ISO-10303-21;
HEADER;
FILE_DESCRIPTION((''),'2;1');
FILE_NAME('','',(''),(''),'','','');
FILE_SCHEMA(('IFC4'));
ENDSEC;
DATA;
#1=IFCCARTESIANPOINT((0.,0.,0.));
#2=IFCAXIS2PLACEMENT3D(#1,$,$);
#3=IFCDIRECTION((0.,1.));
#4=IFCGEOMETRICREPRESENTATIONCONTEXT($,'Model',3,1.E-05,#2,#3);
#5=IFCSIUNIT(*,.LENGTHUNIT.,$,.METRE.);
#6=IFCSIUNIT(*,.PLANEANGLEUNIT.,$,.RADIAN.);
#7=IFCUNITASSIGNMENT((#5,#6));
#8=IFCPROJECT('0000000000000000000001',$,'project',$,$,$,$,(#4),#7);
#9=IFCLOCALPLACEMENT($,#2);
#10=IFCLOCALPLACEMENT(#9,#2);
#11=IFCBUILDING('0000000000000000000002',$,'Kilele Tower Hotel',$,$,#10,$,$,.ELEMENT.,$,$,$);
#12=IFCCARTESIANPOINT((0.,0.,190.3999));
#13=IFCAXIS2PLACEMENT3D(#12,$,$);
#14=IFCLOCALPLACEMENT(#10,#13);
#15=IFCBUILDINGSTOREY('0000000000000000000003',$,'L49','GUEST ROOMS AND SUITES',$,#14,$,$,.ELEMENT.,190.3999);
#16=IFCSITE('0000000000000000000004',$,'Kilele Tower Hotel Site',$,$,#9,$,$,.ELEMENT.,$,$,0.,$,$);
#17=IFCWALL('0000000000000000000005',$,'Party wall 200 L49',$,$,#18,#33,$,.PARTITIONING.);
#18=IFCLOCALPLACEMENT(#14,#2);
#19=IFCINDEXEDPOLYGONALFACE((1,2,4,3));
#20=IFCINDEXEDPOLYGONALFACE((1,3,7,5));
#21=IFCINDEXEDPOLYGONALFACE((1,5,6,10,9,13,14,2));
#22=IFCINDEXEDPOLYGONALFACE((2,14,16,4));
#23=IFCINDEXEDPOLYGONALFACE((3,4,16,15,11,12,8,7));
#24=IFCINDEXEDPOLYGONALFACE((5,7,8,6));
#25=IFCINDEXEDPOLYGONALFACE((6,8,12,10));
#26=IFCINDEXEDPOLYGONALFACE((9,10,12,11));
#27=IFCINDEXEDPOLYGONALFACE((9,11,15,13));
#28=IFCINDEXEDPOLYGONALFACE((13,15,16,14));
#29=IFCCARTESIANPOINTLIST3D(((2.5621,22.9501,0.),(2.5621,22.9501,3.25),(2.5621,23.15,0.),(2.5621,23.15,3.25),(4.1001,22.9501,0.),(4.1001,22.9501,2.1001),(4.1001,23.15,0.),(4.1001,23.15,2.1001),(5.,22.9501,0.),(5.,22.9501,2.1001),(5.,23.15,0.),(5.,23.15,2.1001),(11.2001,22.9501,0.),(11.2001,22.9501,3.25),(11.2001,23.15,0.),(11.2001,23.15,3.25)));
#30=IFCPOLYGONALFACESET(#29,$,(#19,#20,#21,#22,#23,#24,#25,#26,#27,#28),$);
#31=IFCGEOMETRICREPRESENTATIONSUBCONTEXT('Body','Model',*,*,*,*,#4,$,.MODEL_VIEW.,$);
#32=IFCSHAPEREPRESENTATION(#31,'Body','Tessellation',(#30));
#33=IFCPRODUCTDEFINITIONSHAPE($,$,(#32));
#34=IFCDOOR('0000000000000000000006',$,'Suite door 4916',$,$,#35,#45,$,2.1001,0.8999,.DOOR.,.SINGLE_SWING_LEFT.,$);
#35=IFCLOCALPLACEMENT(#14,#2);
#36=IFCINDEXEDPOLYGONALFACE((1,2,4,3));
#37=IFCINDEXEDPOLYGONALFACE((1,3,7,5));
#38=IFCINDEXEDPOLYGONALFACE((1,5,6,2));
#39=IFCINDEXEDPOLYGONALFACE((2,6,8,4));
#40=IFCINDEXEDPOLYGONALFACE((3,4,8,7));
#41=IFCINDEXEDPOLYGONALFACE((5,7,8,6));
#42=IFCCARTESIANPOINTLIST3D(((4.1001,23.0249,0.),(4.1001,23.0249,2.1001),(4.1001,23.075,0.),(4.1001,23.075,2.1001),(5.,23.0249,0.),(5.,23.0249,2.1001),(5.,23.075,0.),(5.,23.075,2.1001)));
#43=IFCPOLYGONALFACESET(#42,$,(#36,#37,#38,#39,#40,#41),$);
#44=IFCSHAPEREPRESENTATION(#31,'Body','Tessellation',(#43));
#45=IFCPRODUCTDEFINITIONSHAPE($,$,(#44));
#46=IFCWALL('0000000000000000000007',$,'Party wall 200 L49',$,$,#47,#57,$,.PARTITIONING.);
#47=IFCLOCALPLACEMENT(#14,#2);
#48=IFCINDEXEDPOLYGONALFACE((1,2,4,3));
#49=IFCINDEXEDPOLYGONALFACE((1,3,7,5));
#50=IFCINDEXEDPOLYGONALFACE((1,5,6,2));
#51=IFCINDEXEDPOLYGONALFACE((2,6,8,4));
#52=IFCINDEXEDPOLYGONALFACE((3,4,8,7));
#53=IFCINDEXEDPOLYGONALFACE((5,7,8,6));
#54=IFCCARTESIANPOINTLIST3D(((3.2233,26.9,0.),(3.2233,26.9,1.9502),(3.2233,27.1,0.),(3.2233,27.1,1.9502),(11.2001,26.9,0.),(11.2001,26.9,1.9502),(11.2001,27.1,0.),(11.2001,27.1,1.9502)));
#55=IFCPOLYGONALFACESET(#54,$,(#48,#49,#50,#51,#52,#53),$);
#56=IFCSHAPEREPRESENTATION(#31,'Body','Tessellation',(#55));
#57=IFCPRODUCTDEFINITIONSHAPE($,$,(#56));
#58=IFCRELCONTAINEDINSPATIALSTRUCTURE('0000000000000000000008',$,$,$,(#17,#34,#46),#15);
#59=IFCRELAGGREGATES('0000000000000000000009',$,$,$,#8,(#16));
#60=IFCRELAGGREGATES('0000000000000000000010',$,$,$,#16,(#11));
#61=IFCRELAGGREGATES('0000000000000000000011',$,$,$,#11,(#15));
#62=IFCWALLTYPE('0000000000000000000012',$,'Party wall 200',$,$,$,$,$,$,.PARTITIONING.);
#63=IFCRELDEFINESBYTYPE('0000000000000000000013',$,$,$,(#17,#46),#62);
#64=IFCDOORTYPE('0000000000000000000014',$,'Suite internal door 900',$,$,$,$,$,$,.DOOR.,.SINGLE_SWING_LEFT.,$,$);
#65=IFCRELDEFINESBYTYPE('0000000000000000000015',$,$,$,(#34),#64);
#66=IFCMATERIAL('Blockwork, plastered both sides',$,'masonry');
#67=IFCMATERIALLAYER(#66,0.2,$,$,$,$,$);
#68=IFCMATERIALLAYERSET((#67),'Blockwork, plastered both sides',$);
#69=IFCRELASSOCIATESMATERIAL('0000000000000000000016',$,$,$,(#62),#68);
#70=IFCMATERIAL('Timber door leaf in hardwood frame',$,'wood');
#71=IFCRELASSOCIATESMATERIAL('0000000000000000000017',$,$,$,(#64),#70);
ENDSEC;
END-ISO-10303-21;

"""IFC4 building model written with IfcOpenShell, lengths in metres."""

from ifc_helpers import new_model, si_unit, direction, frame, frame_2d, origin, place, context, subcontext, project, spatial, rectangle, extrude, material, layer, layer_set, type_object, element, fill, save


model = new_model("IFC4")

# Units and contexts
model_context = context("Model", 3, precision=1e-05, world=origin(), true_north=direction((0.0, 1.0)))
body_context = subcontext(model_context, "Body", "Model", "MODEL_VIEW")
ifc_project = project(units=[si_unit("LENGTHUNIT", "METRE"), si_unit("PLANEANGLEUNIT", "RADIAN")], contexts=[model_context])

# Site, building, storey
site_placement = place(None, origin())
site = spatial("IfcSite", under=ifc_project, at=site_placement, Name="Kilele Tower Hotel Site", CompositionType="ELEMENT", RefElevation=0.0)
building_placement = place(site_placement, origin())
building = spatial("IfcBuilding", under=site, at=building_placement, Name="Kilele Tower Hotel", CompositionType="ELEMENT")
storey_placement = place(building_placement, frame((0.0, 0.0, 190.3999)))
storey = spatial("IfcBuildingStorey", under=building, at=storey_placement, Name="L49", Description="GUEST ROOMS AND SUITES", CompositionType="ELEMENT", Elevation=190.3999)

# Wall, opening, door
ifc_material_1 = material(Name="Blockwork, plastered both sides", Category="masonry")
ifc_layer_1 = layer(ifc_material_1, 0.2)
ifc_layer_set_1 = layer_set([ifc_layer_1], Name="Blockwork, plastered both sides")
wall_type_1 = type_object("IfcWallType", Name="Party wall 200", PredefinedType="PARTITIONING", material=ifc_layer_set_1)
wall_1_placement = place(storey_placement, frame((11.2, 23.05, 0.0), z_axis=(0.0, 0.0, 1.0), x_axis=(-1.0, 0.0, 0.0)))
wall_1 = element("IfcWall", 1, at=wall_1_placement, inside=storey, type_object=wall_type_1, Name="Party wall 200 L49", PredefinedType="PARTITIONING", context=body_context, shape_type="SweptSolid", body=[
    extrude(rectangle(XDim=8.6379, YDim=0.2, at=frame_2d((4.3188, 0.0))), origin(), (0.0, 0.0, 1.0), 3.25),
])
opening_1_placement = place(wall_1_placement, frame((7.0999, 0.0, 0.0), z_axis=(0.0, 0.0, 1.0), x_axis=(-1.0, 0.0, 0.0)))
opening_1 = element("IfcOpeningElement", 2, at=opening_1_placement, cuts=wall_1, PredefinedType="OPENING", context=body_context, shape_type="SweptSolid", body=[
    extrude(rectangle(XDim=0.8999, YDim=2.1001, at=frame_2d((0.45, 1.05))), frame((0.0, 0.1099, 0.0), z_axis=(0.0, -1.0, 0.0), x_axis=(1.0, 0.0, 0.0)), (0.0, 0.0, 1.0), 0.22),
])
ifc_material_2 = material(Name="Timber door leaf in hardwood frame", Category="wood")
door_type_1 = type_object("IfcDoorType", Name="Suite internal door 900", OperationType="SINGLE_SWING_LEFT", PredefinedType="DOOR", material=ifc_material_2)
door_1_placement = place(opening_1_placement, origin())
door_1 = element("IfcDoor", 3, at=door_1_placement, inside=storey, type_object=door_type_1, Name="Suite door 4916", OperationType="SINGLE_SWING_LEFT", OverallHeight=2.1001, OverallWidth=0.8999, PredefinedType="DOOR", context=body_context, shape_type="SweptSolid", body=[
    extrude(rectangle(XDim=0.8999, YDim=2.1001, at=frame_2d((0.45, 1.05))), frame((0.0, 0.0249, 0.0), z_axis=(0.0, -1.0, 0.0), x_axis=(1.0, 0.0, 0.0)), (0.0, 0.0, 1.0), 0.05),
])
fill(opening_1, door_1)

# Wall
wall_2_placement = place(storey_placement, frame((11.2, 27.0, 0.0), z_axis=(0.0, 0.0, 1.0), x_axis=(-1.0, 0.0, 0.0)))
element("IfcWall", 4, at=wall_2_placement, inside=storey, type_object=wall_type_1, Name="Party wall 200 L49", PredefinedType="PARTITIONING", context=body_context, shape_type="SweptSolid", body=[
    extrude(rectangle(XDim=7.9768, YDim=0.2, at=frame_2d((3.9883, 0.0))), origin(), (0.0, 0.0, 1.0), 1.9502),
])

save(model, "model.ifc")
